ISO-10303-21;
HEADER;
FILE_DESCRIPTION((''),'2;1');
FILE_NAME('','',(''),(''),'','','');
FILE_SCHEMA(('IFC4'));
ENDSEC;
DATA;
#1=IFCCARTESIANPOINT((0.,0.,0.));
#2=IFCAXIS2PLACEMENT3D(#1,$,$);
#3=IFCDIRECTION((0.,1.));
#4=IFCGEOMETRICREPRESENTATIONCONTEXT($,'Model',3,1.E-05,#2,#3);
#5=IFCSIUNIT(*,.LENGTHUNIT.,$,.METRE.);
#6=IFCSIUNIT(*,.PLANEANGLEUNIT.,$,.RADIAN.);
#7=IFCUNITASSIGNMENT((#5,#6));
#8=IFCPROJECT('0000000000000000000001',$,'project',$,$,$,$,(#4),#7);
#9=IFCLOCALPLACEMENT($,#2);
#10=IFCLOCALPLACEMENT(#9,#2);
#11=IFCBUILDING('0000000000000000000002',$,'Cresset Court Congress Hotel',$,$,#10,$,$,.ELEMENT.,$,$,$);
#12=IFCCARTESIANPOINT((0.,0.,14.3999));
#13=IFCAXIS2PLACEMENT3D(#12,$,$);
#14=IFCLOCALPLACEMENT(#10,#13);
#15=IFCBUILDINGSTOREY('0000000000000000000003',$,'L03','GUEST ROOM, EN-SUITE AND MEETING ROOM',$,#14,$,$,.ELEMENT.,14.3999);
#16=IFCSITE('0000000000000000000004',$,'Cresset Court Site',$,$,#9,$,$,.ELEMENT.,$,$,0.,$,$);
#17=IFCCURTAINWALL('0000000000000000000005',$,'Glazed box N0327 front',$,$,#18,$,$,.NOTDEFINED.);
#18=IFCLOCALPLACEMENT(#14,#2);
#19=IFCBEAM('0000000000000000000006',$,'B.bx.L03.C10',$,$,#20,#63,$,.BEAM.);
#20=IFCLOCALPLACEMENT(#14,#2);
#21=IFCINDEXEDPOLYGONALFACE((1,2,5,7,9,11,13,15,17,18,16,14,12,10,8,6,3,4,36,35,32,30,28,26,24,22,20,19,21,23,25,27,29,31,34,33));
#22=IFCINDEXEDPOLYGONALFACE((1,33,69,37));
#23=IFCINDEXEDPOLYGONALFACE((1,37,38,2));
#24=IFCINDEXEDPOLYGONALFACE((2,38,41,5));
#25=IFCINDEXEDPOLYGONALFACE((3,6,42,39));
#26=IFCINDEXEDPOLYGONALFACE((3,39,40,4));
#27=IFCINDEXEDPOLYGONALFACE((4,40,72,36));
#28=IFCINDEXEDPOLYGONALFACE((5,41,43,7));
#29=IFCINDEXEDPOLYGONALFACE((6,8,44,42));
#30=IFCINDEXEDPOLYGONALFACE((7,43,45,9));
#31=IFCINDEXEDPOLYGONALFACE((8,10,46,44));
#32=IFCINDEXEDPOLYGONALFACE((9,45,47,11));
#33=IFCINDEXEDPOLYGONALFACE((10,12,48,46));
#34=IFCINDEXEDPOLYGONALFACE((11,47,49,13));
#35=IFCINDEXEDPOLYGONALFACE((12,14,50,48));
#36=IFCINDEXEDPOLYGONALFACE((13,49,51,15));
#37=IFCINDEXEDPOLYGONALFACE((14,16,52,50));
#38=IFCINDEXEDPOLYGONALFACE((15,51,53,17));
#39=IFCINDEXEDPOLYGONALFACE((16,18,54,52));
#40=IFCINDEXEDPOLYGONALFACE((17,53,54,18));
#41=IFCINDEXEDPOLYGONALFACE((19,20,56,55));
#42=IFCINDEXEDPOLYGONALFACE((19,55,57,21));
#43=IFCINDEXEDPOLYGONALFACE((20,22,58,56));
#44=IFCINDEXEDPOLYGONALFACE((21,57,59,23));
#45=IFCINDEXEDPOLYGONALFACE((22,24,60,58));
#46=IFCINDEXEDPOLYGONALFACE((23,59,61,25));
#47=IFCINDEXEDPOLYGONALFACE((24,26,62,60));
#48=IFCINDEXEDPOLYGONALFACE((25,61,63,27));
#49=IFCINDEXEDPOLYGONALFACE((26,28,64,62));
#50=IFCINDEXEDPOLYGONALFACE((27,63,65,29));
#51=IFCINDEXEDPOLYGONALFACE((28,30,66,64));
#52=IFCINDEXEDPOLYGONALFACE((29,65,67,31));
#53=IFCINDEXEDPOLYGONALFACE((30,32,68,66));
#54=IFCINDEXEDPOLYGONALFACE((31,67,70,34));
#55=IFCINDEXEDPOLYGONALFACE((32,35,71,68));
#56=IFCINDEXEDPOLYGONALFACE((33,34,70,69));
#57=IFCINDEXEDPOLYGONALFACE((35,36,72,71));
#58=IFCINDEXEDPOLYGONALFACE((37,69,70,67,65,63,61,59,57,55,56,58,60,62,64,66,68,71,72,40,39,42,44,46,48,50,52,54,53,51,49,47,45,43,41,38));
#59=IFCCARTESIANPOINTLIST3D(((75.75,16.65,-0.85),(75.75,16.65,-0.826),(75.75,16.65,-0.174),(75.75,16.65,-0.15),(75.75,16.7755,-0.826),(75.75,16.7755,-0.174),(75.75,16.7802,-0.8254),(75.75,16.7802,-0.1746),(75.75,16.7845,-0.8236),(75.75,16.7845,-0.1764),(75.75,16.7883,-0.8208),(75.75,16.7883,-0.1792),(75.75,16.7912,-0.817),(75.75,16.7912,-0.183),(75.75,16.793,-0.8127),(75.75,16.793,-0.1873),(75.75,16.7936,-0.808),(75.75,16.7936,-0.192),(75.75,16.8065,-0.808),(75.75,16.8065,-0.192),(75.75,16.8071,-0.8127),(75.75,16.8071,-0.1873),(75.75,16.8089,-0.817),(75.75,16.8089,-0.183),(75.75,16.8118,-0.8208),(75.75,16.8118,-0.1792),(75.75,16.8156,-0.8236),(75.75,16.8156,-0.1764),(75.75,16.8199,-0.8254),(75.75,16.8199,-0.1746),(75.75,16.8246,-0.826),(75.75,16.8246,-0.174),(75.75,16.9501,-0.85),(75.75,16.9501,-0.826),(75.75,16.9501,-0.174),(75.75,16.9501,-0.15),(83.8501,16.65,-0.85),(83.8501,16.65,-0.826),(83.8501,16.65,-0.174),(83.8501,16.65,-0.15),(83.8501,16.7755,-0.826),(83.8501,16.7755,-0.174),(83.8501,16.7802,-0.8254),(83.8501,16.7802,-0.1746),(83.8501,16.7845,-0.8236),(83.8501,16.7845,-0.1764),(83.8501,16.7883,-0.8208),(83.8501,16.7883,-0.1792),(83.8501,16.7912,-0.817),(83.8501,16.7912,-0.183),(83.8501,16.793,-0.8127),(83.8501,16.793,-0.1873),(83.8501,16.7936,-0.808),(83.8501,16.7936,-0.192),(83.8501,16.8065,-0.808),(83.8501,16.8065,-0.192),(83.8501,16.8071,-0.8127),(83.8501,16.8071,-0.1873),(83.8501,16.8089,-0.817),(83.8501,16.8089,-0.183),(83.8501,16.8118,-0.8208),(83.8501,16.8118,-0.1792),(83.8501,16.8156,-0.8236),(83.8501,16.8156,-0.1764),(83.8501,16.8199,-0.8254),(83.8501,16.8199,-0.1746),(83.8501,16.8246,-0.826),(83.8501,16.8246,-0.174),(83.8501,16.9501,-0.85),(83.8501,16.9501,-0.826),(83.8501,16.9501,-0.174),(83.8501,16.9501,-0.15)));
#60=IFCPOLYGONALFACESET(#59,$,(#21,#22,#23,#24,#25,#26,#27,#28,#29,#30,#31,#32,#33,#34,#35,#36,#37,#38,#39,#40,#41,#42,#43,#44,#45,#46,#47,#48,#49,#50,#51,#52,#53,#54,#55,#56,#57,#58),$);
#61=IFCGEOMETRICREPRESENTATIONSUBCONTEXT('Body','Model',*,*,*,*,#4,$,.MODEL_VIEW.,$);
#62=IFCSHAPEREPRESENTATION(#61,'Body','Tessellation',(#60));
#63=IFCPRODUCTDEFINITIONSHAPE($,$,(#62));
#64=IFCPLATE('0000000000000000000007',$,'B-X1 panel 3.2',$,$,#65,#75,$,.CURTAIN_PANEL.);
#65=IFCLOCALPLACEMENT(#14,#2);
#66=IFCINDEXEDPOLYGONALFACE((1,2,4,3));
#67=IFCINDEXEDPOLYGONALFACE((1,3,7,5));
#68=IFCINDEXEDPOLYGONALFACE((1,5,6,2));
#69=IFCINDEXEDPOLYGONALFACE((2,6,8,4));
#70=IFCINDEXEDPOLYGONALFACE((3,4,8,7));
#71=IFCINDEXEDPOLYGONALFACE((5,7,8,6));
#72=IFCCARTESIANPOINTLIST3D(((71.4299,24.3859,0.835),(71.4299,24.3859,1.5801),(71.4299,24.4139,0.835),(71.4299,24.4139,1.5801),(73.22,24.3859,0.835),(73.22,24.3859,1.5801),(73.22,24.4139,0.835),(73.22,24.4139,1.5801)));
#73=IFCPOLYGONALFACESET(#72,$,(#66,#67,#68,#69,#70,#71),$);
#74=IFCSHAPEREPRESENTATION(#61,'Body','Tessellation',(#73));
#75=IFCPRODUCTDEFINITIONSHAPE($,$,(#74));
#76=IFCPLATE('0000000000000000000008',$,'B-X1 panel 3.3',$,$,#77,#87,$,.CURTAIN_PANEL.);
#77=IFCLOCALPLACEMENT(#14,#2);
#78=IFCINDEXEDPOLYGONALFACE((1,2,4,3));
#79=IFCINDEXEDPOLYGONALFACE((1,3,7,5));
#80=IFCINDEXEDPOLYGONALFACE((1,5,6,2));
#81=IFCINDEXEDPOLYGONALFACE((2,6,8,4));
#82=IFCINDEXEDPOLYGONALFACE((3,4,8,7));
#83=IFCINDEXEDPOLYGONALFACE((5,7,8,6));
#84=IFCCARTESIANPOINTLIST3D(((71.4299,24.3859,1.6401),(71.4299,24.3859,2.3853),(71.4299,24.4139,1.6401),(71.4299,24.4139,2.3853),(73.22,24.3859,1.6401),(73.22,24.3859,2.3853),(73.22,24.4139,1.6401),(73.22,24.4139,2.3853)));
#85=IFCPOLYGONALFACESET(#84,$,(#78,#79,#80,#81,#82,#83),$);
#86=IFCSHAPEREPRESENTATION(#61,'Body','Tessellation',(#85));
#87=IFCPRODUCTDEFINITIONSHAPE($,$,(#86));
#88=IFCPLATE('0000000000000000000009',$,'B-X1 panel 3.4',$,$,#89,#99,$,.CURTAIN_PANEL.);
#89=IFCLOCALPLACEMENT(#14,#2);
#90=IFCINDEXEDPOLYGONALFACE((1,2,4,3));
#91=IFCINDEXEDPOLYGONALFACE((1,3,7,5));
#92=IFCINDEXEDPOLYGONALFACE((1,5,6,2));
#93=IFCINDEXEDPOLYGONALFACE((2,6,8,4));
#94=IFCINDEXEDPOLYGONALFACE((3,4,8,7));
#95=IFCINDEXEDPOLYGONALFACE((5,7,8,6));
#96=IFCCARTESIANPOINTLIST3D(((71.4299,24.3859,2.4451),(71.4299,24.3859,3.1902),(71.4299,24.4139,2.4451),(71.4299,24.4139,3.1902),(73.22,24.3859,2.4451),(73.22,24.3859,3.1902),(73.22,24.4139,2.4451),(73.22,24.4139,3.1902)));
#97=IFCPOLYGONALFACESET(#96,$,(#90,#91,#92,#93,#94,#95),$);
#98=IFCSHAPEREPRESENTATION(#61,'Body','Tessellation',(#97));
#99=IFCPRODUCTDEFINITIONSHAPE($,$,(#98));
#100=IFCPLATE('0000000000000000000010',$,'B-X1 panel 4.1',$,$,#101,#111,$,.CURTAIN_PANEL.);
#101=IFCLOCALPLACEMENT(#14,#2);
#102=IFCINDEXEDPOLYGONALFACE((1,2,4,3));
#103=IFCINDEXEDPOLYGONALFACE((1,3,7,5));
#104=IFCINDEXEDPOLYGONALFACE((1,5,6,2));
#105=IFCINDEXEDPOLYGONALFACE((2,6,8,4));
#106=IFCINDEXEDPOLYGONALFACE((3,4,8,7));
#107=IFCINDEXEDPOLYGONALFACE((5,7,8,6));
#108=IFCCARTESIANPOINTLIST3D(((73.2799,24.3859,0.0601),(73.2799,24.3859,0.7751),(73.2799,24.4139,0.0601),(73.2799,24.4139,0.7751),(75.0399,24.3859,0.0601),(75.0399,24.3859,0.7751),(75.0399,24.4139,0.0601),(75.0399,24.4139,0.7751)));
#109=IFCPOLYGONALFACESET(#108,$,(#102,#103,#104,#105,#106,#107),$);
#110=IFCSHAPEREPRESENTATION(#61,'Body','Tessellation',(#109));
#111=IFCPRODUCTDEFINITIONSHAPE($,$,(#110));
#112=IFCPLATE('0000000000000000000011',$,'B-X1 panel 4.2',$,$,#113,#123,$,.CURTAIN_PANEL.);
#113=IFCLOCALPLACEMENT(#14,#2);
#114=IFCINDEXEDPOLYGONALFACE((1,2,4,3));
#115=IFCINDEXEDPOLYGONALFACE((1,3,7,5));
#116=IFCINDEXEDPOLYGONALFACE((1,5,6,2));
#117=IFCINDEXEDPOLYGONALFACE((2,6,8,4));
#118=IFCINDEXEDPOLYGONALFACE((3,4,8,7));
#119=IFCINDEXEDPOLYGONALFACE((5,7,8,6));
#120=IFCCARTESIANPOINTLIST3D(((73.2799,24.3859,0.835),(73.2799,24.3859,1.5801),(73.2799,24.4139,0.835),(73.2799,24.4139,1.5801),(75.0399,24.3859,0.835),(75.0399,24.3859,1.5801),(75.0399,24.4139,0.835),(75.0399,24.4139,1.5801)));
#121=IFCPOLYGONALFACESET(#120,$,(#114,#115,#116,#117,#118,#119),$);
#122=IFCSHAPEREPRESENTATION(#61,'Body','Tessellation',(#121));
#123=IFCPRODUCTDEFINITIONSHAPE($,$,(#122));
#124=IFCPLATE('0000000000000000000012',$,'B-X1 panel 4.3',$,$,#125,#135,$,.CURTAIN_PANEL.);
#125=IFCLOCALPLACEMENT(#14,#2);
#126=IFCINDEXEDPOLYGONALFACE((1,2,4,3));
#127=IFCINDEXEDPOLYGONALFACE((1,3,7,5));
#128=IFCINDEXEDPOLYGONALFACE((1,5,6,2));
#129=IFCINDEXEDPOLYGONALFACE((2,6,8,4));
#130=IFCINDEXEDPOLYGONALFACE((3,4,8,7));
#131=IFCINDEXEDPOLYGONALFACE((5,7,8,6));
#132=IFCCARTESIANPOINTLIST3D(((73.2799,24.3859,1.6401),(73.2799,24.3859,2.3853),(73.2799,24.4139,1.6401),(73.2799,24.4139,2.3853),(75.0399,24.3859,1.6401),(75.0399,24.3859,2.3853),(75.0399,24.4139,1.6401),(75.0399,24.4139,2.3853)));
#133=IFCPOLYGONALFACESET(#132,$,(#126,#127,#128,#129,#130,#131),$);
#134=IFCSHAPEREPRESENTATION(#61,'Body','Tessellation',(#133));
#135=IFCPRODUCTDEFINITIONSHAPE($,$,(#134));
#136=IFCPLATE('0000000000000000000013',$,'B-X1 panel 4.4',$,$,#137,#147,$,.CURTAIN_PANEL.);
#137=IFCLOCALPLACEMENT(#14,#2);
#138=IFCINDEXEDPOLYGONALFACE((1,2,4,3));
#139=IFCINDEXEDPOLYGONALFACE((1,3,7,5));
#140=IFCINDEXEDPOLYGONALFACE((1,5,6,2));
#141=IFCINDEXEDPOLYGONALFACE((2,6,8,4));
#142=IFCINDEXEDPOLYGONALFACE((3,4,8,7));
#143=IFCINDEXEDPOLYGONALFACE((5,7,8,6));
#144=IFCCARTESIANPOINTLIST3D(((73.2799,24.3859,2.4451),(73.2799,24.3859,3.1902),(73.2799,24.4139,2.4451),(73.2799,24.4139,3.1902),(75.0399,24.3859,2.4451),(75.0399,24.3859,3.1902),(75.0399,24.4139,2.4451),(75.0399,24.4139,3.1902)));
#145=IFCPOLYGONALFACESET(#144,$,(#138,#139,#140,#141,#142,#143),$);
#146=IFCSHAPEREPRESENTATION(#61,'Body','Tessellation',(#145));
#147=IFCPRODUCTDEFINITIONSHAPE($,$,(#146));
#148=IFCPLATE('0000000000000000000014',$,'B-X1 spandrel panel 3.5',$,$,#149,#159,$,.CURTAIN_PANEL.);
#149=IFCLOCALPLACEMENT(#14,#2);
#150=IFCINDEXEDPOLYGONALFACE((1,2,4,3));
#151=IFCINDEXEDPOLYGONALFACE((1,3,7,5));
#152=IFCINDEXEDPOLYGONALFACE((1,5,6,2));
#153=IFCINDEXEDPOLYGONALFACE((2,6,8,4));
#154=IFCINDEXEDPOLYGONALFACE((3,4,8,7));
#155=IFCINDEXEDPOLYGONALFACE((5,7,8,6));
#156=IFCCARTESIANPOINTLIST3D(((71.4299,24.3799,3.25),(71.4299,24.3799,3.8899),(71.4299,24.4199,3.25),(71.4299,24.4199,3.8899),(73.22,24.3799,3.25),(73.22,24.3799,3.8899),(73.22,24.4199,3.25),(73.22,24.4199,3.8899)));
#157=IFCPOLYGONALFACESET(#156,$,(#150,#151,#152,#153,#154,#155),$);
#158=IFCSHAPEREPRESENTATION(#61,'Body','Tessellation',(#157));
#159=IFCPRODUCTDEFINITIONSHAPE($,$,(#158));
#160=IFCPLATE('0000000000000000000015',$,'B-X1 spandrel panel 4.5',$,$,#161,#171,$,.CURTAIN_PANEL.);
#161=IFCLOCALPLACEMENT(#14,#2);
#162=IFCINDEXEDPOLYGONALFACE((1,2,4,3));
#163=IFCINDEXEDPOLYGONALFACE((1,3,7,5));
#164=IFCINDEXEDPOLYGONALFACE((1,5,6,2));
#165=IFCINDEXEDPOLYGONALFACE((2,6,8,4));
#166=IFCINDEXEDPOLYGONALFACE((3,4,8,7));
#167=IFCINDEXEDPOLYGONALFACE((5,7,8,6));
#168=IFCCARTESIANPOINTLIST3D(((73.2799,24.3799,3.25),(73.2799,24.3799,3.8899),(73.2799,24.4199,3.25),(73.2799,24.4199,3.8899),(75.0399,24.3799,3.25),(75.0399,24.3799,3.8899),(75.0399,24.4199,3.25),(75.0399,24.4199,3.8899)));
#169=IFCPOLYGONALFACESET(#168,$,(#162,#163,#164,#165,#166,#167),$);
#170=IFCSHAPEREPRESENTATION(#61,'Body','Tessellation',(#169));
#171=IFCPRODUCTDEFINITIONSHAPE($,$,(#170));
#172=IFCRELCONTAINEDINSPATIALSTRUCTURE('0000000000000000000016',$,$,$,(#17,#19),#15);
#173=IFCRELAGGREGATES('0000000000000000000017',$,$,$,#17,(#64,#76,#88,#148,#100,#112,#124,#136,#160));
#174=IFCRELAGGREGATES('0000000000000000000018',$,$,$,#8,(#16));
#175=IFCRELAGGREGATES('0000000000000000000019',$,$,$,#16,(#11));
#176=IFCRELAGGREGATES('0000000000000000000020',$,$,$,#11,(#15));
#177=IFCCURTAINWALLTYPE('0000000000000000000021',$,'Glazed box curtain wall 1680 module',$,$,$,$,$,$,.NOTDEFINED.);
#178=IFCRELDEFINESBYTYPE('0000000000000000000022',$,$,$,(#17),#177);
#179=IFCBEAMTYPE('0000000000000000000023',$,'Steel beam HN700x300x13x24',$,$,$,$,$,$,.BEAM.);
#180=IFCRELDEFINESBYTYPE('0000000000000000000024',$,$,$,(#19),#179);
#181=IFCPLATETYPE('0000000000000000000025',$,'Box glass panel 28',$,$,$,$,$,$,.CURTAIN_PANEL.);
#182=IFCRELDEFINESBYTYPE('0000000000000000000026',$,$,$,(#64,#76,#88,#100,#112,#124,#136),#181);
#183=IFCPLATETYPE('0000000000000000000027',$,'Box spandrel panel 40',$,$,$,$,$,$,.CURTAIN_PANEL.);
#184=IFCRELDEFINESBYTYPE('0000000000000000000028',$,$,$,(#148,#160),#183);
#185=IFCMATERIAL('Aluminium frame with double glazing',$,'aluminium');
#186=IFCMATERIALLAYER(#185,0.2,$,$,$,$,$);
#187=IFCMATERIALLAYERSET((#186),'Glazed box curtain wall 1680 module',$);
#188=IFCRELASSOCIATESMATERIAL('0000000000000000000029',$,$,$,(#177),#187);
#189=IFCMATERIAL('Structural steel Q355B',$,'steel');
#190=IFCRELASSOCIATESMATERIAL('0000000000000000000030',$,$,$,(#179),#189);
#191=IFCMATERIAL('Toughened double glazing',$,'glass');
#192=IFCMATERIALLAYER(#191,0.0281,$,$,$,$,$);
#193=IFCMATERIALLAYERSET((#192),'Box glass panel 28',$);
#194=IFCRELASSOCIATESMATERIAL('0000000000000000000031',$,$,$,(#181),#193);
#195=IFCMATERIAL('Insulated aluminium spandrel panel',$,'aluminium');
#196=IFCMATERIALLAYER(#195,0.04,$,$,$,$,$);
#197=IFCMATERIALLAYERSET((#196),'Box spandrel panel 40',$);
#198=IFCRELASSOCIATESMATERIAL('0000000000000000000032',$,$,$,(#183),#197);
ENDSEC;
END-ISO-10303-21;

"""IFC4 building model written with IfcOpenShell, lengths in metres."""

from ifc_helpers import new_model, si_unit, direction, frame, origin, origin_2d, place, context, subcontext, project, spatial, rectangle, i_section, extrude, material, layer, layer_set, material_profile, profile_set, type_object, element, aggregate, save


model = new_model("IFC4")

# Units and contexts
model_context = context("Model", 3, precision=1e-05, world=origin(), true_north=direction((0.0, 1.0)))
body_context = subcontext(model_context, "Body", "Model", "MODEL_VIEW")
ifc_project = project(units=[si_unit("LENGTHUNIT", "METRE"), si_unit("PLANEANGLEUNIT", "RADIAN")], contexts=[model_context])

# Site, building, storey
site_placement = place(None, origin())
site = spatial("IfcSite", under=ifc_project, at=site_placement, Name="Cresset Court Site", CompositionType="ELEMENT", RefElevation=0.0)
building_placement = place(site_placement, origin())
building = spatial("IfcBuilding", under=site, at=building_placement, Name="Cresset Court Congress Hotel", CompositionType="ELEMENT")
storey_placement = place(building_placement, frame((0.0, 0.0, 14.3999)))
storey = spatial("IfcBuildingStorey", under=building, at=storey_placement, Name="L03", Description="GUEST ROOM, EN-SUITE AND MEETING ROOM", CompositionType="ELEMENT", Elevation=14.3999)

# Curtain wall
ifc_material_1 = material(Name="Aluminium frame with double glazing", Category="aluminium")
ifc_layer_1 = layer(ifc_material_1, 0.2)
ifc_layer_set_1 = layer_set([ifc_layer_1], Name="Glazed box curtain wall 1680 module")
curtain_wall_type = type_object("IfcCurtainWallType", Name="Glazed box curtain wall 1680 module", PredefinedType="NOTDEFINED", material=ifc_layer_set_1)
curtain_wall_placement = place(storey_placement, origin())
curtain_wall = element("IfcCurtainWall", 1, at=curtain_wall_placement, inside=storey, type_object=curtain_wall_type, Name="Glazed box N0327 front", PredefinedType="NOTDEFINED")

# Beam
ifc_material_2 = material(Name="Structural steel Q355B", Category="steel")
ifc_material_profile_1 = material_profile(ifc_material_2, i_section(OverallWidth=0.3, OverallDepth=0.7, WebThickness=0.0129, FlangeThickness=0.0239, FilletRadius=0.0181, at=origin_2d()), Name="HN700x300x13x24")
ifc_profile_set_1 = profile_set([ifc_material_profile_1], Name="Structural steel Q355B")
beam_type_1 = type_object("IfcBeamType", Name="Steel beam HN700x300x13x24", PredefinedType="BEAM", material=ifc_profile_set_1)
beam_1_placement = place(storey_placement, frame((75.75, 16.8, -0.5), z_axis=(1.0, 0.0, 0.0), x_axis=(0.0, 1.0, 0.0)))
element("IfcBeam", 2, at=beam_1_placement, inside=storey, type_object=beam_type_1, Name="B.bx.L03.C10", PredefinedType="BEAM", context=body_context, shape_type="SweptSolid", body=[
    extrude(i_section(OverallWidth=0.3, OverallDepth=0.7, WebThickness=0.0129, FlangeThickness=0.0239, FilletRadius=0.0181, at=origin_2d()), origin(), (0.0, 0.0, 1.0), 8.1001),
])

# Plates
ifc_material_3 = material(Name="Toughened double glazing", Category="glass")
ifc_layer_2 = layer(ifc_material_3, 0.0281)
ifc_layer_set_2 = layer_set([ifc_layer_2], Name="Box glass panel 28")
plate_type_1 = type_object("IfcPlateType", Name="Box glass panel 28", PredefinedType="CURTAIN_PANEL", material=ifc_layer_set_2)
plate_1_placement = place(storey_placement, frame((72.325, 24.3999, 0.835), z_axis=(0.0, 0.0, 1.0), x_axis=(1.0, 0.0, 0.0)))
plate_1 = element("IfcPlate", 3, at=plate_1_placement, type_object=plate_type_1, Name="B-X1 panel 3.2", PredefinedType="CURTAIN_PANEL", context=body_context, shape_type="SweptSolid", body=[
    extrude(rectangle(XDim=1.79, YDim=0.0281, at=origin_2d()), origin(), (0.0, 0.0, 1.0), 0.7451),
])
plate_2_placement = place(storey_placement, frame((72.325, 24.3999, 1.6401), z_axis=(0.0, 0.0, 1.0), x_axis=(1.0, 0.0, 0.0)))
plate_2 = element("IfcPlate", 4, at=plate_2_placement, type_object=plate_type_1, Name="B-X1 panel 3.3", PredefinedType="CURTAIN_PANEL", context=body_context, shape_type="SweptSolid", body=[
    extrude(rectangle(XDim=1.79, YDim=0.0281, at=origin_2d()), origin(), (0.0, 0.0, 1.0), 0.7451),
])
plate_3_placement = place(storey_placement, frame((72.325, 24.3999, 2.4451), z_axis=(0.0, 0.0, 1.0), x_axis=(1.0, 0.0, 0.0)))
plate_3 = element("IfcPlate", 5, at=plate_3_placement, type_object=plate_type_1, Name="B-X1 panel 3.4", PredefinedType="CURTAIN_PANEL", context=body_context, shape_type="SweptSolid", body=[
    extrude(rectangle(XDim=1.79, YDim=0.0281, at=origin_2d()), origin(), (0.0, 0.0, 1.0), 0.7451),
])
plate_4_placement = place(storey_placement, frame((74.1599, 24.3999, 0.0601), z_axis=(0.0, 0.0, 1.0), x_axis=(1.0, 0.0, 0.0)))
plate_4 = element("IfcPlate", 6, at=plate_4_placement, type_object=plate_type_1, Name="B-X1 panel 4.1", PredefinedType="CURTAIN_PANEL", context=body_context, shape_type="SweptSolid", body=[
    extrude(rectangle(XDim=1.76, YDim=0.0281, at=origin_2d()), origin(), (0.0, 0.0, 1.0), 0.7151),
])
plate_5_placement = place(storey_placement, frame((74.1599, 24.3999, 0.835), z_axis=(0.0, 0.0, 1.0), x_axis=(1.0, 0.0, 0.0)))
plate_5 = element("IfcPlate", 7, at=plate_5_placement, type_object=plate_type_1, Name="B-X1 panel 4.2", PredefinedType="CURTAIN_PANEL", context=body_context, shape_type="SweptSolid", body=[
    extrude(rectangle(XDim=1.76, YDim=0.0281, at=origin_2d()), origin(), (0.0, 0.0, 1.0), 0.7451),
])
plate_6_placement = place(storey_placement, frame((74.1599, 24.3999, 1.6401), z_axis=(0.0, 0.0, 1.0), x_axis=(1.0, 0.0, 0.0)))
plate_6 = element("IfcPlate", 8, at=plate_6_placement, type_object=plate_type_1, Name="B-X1 panel 4.3", PredefinedType="CURTAIN_PANEL", context=body_context, shape_type="SweptSolid", body=[
    extrude(rectangle(XDim=1.76, YDim=0.0281, at=origin_2d()), origin(), (0.0, 0.0, 1.0), 0.7451),
])
plate_7_placement = place(storey_placement, frame((74.1599, 24.3999, 2.4451), z_axis=(0.0, 0.0, 1.0), x_axis=(1.0, 0.0, 0.0)))
plate_7 = element("IfcPlate", 9, at=plate_7_placement, type_object=plate_type_1, Name="B-X1 panel 4.4", PredefinedType="CURTAIN_PANEL", context=body_context, shape_type="SweptSolid", body=[
    extrude(rectangle(XDim=1.76, YDim=0.0281, at=origin_2d()), origin(), (0.0, 0.0, 1.0), 0.7451),
])
ifc_material_4 = material(Name="Insulated aluminium spandrel panel", Category="aluminium")
ifc_layer_3 = layer(ifc_material_4, 0.04)
ifc_layer_set_3 = layer_set([ifc_layer_3], Name="Box spandrel panel 40")
plate_type_2 = type_object("IfcPlateType", Name="Box spandrel panel 40", PredefinedType="CURTAIN_PANEL", material=ifc_layer_set_3)
plate_8_placement = place(storey_placement, frame((72.325, 24.3999, 3.25), z_axis=(0.0, 0.0, 1.0), x_axis=(1.0, 0.0, 0.0)))
plate_8 = element("IfcPlate", 10, at=plate_8_placement, type_object=plate_type_2, Name="B-X1 spandrel panel 3.5", PredefinedType="CURTAIN_PANEL", context=body_context, shape_type="SweptSolid", body=[
    extrude(rectangle(XDim=1.79, YDim=0.04, at=origin_2d()), origin(), (0.0, 0.0, 1.0), 0.6399),
])
plate_9_placement = place(storey_placement, frame((74.1599, 24.3999, 3.25), z_axis=(0.0, 0.0, 1.0), x_axis=(1.0, 0.0, 0.0)))
plate_9 = element("IfcPlate", 11, at=plate_9_placement, type_object=plate_type_2, Name="B-X1 spandrel panel 4.5", PredefinedType="CURTAIN_PANEL", context=body_context, shape_type="SweptSolid", body=[
    extrude(rectangle(XDim=1.76, YDim=0.04, at=origin_2d()), origin(), (0.0, 0.0, 1.0), 0.6399),
])
aggregate(curtain_wall, [plate_1, plate_2, plate_3, plate_8, plate_4, plate_5, plate_6, plate_7, plate_9])

save(model, "model.ifc")
